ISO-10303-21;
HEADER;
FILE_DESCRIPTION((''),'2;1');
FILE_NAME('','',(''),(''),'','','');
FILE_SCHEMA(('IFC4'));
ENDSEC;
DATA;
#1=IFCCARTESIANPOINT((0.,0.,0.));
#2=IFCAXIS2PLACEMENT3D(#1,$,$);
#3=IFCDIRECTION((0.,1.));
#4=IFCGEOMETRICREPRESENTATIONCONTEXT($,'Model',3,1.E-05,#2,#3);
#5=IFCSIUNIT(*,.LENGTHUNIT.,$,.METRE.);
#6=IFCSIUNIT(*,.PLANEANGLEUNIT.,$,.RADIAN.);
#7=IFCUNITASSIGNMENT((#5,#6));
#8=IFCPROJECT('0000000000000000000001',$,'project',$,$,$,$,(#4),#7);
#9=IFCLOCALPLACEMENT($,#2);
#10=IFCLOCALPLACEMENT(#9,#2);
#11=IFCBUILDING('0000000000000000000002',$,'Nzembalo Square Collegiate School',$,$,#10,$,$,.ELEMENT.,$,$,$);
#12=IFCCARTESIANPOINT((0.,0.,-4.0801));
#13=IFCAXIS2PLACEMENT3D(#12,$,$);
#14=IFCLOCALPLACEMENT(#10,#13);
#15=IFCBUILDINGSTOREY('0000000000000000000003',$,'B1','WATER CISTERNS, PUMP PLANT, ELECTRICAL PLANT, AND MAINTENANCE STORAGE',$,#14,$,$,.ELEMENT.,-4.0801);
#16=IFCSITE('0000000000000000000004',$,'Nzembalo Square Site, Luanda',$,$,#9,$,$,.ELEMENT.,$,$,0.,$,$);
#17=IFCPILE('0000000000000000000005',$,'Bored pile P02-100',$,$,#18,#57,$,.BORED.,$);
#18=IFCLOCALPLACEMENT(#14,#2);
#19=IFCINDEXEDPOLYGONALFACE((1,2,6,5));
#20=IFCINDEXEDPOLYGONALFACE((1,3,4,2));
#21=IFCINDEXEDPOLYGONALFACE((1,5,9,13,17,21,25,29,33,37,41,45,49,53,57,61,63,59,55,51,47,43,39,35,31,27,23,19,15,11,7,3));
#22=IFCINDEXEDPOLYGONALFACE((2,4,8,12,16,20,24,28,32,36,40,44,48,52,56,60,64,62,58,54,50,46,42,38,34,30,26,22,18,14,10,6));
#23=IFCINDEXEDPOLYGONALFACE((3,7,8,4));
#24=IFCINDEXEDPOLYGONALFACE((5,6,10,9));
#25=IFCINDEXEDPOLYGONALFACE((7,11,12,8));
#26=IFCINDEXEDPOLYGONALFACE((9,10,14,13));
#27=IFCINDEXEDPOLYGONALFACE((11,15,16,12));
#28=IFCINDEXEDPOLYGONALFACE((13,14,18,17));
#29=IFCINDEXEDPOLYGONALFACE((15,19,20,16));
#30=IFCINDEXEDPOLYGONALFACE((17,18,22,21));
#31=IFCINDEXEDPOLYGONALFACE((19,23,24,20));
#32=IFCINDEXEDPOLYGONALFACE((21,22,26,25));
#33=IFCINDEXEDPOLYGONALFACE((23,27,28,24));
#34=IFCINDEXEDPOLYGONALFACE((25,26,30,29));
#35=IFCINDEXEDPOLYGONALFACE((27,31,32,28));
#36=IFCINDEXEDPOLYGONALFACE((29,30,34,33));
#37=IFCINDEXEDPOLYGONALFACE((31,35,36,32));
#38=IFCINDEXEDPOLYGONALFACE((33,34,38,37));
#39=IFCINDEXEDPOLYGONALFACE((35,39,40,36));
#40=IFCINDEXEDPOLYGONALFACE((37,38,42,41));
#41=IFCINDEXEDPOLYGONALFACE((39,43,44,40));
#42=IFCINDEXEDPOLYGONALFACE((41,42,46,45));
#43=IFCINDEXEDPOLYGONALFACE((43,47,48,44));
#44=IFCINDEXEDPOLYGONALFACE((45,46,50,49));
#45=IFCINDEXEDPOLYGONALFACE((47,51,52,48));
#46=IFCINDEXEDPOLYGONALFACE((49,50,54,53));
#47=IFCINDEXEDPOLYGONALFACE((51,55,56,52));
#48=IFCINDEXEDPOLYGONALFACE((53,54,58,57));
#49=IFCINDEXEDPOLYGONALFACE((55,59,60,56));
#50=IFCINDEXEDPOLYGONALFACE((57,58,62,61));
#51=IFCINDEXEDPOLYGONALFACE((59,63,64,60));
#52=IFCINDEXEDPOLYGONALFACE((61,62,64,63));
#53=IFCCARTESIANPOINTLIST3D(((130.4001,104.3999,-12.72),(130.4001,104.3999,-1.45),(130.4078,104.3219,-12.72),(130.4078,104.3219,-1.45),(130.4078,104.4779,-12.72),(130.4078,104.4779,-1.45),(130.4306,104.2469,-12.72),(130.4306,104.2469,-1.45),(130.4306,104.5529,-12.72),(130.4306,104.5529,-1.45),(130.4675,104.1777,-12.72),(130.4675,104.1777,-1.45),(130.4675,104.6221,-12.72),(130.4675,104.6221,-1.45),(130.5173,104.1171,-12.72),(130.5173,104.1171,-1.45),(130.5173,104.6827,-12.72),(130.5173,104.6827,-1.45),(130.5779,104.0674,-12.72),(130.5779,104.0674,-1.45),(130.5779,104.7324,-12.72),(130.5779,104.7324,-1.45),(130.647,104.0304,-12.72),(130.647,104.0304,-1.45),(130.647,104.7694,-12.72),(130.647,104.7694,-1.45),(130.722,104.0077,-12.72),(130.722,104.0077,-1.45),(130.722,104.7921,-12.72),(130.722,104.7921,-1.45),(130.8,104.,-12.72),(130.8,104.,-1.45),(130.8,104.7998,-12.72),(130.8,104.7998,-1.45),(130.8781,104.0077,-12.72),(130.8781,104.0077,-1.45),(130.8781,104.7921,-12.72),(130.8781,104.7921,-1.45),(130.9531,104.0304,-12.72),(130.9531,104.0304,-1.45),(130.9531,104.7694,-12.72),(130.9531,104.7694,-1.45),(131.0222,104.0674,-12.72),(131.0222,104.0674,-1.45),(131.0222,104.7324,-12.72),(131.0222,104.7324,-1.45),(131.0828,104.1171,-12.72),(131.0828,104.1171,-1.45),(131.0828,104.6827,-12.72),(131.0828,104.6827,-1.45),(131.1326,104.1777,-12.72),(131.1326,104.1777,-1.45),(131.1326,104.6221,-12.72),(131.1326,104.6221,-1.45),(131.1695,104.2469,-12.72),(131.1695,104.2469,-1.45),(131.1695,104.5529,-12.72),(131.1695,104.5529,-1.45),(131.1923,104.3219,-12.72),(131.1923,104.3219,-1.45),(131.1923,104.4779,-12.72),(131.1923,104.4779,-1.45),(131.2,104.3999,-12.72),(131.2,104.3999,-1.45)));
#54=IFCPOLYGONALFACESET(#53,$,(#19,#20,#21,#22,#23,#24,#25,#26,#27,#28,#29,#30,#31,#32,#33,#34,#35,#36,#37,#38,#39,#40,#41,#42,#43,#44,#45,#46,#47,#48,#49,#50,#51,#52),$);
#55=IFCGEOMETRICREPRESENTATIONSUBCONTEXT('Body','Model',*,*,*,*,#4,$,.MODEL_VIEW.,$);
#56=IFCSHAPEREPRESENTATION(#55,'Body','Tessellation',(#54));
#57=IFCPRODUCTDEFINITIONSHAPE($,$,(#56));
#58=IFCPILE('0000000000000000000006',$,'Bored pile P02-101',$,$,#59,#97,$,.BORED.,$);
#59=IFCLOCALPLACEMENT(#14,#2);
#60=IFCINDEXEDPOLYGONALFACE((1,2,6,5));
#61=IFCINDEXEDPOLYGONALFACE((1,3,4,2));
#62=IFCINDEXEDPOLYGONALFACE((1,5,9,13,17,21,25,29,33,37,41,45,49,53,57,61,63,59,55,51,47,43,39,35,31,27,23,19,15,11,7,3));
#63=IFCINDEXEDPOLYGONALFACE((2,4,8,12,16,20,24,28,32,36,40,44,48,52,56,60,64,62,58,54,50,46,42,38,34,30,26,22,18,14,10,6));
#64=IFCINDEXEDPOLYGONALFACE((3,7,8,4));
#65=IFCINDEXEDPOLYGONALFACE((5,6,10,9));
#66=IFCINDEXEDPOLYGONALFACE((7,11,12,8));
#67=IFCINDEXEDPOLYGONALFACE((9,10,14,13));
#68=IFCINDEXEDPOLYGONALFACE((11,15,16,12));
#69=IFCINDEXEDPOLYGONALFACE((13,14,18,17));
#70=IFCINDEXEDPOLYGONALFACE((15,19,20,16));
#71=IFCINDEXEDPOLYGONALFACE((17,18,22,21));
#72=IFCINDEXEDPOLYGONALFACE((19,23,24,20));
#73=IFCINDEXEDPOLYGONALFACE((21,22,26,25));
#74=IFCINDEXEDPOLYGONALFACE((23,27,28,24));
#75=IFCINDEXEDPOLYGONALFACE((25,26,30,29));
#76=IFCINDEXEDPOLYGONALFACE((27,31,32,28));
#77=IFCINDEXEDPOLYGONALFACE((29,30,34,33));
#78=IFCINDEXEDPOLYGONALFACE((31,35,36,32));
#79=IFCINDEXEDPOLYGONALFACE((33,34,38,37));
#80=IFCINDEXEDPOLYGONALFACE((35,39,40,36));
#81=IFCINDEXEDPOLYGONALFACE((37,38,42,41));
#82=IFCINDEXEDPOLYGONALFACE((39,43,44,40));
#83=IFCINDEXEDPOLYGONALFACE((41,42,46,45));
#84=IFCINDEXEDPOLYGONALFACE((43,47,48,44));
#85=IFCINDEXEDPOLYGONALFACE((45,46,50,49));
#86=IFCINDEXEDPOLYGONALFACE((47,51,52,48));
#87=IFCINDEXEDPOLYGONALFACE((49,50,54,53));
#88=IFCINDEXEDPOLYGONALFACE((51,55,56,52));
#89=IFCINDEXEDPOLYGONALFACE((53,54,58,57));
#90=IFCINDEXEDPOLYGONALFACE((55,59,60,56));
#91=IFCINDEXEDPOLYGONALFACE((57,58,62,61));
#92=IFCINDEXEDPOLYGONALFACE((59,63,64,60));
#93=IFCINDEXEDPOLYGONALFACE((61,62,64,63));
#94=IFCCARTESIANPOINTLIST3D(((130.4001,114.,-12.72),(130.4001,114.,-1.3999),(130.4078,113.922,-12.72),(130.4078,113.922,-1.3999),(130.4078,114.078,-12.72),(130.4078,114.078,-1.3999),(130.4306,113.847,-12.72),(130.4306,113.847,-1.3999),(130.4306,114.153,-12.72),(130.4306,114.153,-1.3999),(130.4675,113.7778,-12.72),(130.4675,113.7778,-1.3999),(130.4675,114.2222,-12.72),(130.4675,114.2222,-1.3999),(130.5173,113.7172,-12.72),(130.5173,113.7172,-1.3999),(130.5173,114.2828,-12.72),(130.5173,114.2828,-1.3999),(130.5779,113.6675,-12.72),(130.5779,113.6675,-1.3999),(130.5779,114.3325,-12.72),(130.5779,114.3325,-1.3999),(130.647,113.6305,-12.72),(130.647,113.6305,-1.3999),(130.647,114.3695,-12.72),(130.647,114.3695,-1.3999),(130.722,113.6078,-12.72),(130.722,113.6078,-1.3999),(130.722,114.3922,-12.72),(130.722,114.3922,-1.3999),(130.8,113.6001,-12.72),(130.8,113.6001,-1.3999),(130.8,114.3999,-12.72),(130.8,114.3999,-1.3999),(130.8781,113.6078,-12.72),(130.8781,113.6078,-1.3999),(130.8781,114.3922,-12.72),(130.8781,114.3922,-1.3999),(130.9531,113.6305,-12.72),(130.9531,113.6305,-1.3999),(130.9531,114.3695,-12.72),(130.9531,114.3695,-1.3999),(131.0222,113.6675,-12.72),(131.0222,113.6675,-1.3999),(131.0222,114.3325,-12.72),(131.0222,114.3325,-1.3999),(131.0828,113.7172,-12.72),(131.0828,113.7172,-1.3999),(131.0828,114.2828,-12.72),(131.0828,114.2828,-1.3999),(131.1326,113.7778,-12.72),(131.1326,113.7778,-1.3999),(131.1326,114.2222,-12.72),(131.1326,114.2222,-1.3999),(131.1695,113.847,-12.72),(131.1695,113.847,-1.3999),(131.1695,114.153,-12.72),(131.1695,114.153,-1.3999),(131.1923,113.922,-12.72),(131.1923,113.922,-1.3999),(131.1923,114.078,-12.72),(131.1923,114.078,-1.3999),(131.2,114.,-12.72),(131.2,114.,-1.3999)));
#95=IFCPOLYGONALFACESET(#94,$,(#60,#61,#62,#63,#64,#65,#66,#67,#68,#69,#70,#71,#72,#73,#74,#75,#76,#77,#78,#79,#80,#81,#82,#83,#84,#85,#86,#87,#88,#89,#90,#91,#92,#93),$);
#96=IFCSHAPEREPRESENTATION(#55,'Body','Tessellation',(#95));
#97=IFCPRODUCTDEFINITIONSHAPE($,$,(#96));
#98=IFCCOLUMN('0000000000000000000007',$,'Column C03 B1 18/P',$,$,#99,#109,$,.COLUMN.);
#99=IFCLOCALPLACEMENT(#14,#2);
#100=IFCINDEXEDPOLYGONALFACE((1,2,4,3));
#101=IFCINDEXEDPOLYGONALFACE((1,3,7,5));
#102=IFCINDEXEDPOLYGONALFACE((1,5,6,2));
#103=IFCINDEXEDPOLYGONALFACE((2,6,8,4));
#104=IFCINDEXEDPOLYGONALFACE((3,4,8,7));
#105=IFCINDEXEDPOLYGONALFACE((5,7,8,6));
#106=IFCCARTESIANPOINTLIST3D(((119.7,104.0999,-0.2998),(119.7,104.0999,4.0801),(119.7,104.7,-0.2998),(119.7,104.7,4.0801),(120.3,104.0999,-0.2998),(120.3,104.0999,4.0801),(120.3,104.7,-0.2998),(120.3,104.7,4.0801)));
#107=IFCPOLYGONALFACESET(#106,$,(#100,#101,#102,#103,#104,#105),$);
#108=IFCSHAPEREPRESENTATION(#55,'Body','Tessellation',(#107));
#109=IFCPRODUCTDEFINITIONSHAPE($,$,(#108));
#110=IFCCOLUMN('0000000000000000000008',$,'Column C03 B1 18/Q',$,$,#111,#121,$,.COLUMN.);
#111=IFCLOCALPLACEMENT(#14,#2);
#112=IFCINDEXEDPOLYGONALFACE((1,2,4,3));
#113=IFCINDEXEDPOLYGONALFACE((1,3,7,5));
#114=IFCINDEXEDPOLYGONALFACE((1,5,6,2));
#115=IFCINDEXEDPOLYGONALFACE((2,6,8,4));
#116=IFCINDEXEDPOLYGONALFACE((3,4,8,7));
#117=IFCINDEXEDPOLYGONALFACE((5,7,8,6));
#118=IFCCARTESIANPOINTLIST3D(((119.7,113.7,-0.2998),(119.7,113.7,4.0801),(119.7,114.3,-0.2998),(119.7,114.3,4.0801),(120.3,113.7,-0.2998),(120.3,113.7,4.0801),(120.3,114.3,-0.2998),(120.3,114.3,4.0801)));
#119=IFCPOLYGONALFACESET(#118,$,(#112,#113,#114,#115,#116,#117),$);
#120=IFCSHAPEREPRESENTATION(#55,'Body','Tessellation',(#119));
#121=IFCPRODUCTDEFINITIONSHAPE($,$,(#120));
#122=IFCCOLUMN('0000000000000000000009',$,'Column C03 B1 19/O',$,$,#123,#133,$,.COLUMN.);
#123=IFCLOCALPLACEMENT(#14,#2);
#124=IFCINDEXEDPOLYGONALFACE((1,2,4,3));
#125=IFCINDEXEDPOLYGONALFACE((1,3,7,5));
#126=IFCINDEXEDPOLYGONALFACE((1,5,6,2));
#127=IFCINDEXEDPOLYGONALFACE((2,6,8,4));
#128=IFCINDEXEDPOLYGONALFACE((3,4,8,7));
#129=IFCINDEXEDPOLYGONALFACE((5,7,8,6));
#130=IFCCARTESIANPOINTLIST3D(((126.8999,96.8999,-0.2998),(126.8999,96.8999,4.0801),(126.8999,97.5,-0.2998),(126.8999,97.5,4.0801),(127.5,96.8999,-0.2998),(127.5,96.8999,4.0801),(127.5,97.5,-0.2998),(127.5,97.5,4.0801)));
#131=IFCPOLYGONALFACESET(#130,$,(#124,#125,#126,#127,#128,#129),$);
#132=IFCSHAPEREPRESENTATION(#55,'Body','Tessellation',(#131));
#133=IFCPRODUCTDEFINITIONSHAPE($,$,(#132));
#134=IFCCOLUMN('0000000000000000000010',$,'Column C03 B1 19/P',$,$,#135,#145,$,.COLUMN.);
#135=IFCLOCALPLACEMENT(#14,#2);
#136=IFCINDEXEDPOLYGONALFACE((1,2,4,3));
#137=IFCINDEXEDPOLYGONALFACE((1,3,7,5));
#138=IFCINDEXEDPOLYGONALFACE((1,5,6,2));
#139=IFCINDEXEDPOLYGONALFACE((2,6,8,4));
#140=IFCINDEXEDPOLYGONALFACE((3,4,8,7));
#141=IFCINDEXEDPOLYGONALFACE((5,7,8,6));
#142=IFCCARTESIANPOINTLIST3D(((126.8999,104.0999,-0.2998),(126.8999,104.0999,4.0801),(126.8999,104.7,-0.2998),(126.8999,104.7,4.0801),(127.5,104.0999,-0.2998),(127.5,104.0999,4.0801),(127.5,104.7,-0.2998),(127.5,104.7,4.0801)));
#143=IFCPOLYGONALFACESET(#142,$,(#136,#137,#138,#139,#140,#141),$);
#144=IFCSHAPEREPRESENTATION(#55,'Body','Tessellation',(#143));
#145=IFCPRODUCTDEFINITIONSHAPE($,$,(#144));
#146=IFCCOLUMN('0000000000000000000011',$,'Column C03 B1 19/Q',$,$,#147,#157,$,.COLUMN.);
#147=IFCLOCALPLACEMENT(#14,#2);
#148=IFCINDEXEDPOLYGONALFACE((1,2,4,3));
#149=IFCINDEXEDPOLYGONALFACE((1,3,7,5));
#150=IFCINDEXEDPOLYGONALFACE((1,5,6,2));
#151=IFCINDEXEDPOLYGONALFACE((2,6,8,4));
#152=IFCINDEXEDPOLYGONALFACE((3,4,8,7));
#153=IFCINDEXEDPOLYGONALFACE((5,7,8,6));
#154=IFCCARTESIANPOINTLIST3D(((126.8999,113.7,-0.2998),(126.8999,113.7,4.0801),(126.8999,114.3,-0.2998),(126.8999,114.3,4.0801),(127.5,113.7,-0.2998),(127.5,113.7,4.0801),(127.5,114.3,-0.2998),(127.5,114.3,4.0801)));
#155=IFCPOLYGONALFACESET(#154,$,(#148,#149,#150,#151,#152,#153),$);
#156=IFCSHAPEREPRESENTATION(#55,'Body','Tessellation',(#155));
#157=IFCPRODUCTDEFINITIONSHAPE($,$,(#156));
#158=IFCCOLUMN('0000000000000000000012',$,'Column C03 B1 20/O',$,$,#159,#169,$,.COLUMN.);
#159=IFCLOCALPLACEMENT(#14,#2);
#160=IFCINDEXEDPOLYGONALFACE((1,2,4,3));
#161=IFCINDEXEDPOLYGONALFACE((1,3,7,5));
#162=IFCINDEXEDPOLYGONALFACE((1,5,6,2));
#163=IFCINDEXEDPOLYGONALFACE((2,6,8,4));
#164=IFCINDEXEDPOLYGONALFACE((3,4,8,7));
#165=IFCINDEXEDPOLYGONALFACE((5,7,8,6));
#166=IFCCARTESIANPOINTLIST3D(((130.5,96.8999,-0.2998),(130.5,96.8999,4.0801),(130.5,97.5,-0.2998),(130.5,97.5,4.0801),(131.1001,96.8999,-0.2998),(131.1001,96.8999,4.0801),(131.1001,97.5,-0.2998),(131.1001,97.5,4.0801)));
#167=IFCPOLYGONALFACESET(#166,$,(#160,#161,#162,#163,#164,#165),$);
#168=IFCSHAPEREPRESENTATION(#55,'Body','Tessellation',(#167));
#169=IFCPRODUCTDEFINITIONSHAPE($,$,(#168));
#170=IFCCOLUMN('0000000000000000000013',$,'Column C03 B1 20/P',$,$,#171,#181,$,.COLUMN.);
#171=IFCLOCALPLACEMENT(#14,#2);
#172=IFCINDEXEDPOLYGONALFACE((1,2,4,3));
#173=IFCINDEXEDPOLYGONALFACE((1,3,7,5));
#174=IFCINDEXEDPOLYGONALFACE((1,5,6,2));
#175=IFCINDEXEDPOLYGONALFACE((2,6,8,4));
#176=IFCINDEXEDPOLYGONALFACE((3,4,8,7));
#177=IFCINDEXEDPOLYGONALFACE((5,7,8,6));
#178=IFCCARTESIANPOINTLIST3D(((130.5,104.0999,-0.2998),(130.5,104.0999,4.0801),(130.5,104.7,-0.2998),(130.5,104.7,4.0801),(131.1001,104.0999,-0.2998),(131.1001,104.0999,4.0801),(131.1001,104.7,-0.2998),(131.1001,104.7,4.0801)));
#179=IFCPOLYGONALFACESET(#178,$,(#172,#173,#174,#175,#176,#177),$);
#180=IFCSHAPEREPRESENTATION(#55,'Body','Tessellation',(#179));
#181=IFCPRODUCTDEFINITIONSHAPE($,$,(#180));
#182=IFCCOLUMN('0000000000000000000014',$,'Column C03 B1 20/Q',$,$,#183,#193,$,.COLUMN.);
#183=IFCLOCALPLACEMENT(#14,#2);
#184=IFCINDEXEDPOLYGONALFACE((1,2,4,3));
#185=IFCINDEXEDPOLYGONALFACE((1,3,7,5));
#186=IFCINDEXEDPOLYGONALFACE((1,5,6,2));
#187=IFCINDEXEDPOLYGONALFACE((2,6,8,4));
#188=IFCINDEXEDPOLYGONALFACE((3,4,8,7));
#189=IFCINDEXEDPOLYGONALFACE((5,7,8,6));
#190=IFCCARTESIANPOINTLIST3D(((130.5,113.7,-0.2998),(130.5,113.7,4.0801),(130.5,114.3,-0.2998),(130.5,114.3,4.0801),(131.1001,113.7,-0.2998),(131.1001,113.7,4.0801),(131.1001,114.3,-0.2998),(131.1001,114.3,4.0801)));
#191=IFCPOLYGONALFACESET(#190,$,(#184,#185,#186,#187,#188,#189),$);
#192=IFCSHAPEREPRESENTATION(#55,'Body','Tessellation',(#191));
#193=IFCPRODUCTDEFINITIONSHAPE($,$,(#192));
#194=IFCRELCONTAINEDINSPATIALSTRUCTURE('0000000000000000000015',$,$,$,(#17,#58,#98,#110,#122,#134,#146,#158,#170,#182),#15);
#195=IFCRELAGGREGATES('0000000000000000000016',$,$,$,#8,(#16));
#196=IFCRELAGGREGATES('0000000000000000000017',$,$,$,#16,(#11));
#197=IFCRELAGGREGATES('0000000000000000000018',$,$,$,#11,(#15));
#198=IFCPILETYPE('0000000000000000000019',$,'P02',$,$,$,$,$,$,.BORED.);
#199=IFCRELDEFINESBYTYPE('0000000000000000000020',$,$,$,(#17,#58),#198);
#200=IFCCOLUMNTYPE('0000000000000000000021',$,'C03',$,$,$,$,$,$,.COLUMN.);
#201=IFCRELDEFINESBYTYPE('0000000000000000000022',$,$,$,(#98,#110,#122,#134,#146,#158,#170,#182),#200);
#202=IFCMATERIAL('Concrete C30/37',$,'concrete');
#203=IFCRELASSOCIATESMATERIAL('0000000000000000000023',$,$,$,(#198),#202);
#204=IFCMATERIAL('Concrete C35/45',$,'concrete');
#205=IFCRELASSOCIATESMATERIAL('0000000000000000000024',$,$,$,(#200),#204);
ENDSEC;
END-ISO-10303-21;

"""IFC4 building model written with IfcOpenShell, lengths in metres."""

from ifc_helpers import new_model, si_unit, direction, frame, origin, origin_2d, place, context, subcontext, project, spatial, rectangle, circle, extrude, material, material_profile, profile_set, type_object, element, save


model = new_model("IFC4")

# Units and contexts
model_context = context("Model", 3, precision=1e-05, world=origin(), true_north=direction((0.0, 1.0)))
body_context = subcontext(model_context, "Body", "Model", "MODEL_VIEW")
ifc_project = project(units=[si_unit("LENGTHUNIT", "METRE"), si_unit("PLANEANGLEUNIT", "RADIAN")], contexts=[model_context])

# Site, building, storey
site_placement = place(None, origin())
site = spatial("IfcSite", under=ifc_project, at=site_placement, Name="Nzembalo Square Site, Luanda", CompositionType="ELEMENT", RefElevation=0.0)
building_placement = place(site_placement, origin())
building = spatial("IfcBuilding", under=site, at=building_placement, Name="Nzembalo Square Collegiate School", CompositionType="ELEMENT")
storey_placement = place(building_placement, frame((0.0, 0.0, -4.0801)))
storey = spatial("IfcBuildingStorey", under=building, at=storey_placement, Name="B1", Description="WATER CISTERNS, PUMP PLANT, ELECTRICAL PLANT, AND MAINTENANCE STORAGE", CompositionType="ELEMENT", Elevation=-4.0801)

# Piles
ifc_material_1 = material(Name="Concrete C30/37", Category="concrete")
ifc_material_profile_1 = material_profile(ifc_material_1, circle(Radius=0.3999, at=origin_2d()), Name="PILE D800")
ifc_profile_set_1 = profile_set([ifc_material_profile_1], Name="Concrete C30/37")
pile_type = type_object("IfcPileType", Name="P02", PredefinedType="BORED", material=ifc_profile_set_1)
for number, where, z_axis, x_axis, name in (
    (1, (130.8, 104.3999, -1.45), (0.0, 0.0, -1.0), (1.0, 0.0, 0.0), "Bored pile P02-100"),
):
    element("IfcPile", number, at=place(storey_placement, frame(where, z_axis=z_axis, x_axis=x_axis)), inside=storey, type_object=pile_type, Name=name, PredefinedType="BORED", context=body_context, shape_type="SweptSolid", body=[
        extrude(circle(Radius=0.3999, at=origin_2d()), origin(), (0.0, 0.0, 1.0), 11.27),
    ])
pile_1_placement = place(storey_placement, frame((130.8, 114.0, -1.3999), z_axis=(0.0, 0.0, -1.0), x_axis=(1.0, 0.0, 0.0)))
element("IfcPile", 2, at=pile_1_placement, inside=storey, type_object=pile_type, Name="Bored pile P02-101", PredefinedType="BORED", context=body_context, shape_type="SweptSolid", body=[
    extrude(circle(Radius=0.3999, at=origin_2d()), origin(), (0.0, 0.0, 1.0), 11.3201),
])

# Columns
ifc_material_2 = material(Name="Concrete C35/45", Category="concrete")
ifc_material_profile_2 = material_profile(ifc_material_2, rectangle(XDim=0.6001, YDim=0.6001, at=origin_2d()), Name="RC 600x600")
ifc_profile_set_2 = profile_set([ifc_material_profile_2], Name="Concrete C35/45")
column_type = type_object("IfcColumnType", Name="C03", PredefinedType="COLUMN", material=ifc_profile_set_2)
for number, where, z_axis, x_axis, name in (
    (3, (120.0, 104.3999, -0.2998), (0.0, 0.0, 1.0), (1.0, 0.0, 0.0), "Column C03 B1 18/P"),
    (4, (120.0, 114.0, -0.2998), (0.0, 0.0, 1.0), (1.0, 0.0, 0.0), "Column C03 B1 18/Q"),
    (5, (127.2, 97.2, -0.2998), (0.0, 0.0, 1.0), (1.0, 0.0, 0.0), "Column C03 B1 19/O"),
    (6, (127.2, 104.3999, -0.2998), (0.0, 0.0, 1.0), (1.0, 0.0, 0.0), "Column C03 B1 19/P"),
    (7, (127.2, 114.0, -0.2998), (0.0, 0.0, 1.0), (1.0, 0.0, 0.0), "Column C03 B1 19/Q"),
    (8, (130.8, 97.2, -0.2998), (0.0, 0.0, 1.0), (1.0, 0.0, 0.0), "Column C03 B1 20/O"),
    (9, (130.8, 104.3999, -0.2998), (0.0, 0.0, 1.0), (1.0, 0.0, 0.0), "Column C03 B1 20/P"),
    (10, (130.8, 114.0, -0.2998), (0.0, 0.0, 1.0), (1.0, 0.0, 0.0), "Column C03 B1 20/Q"),
):
    element("IfcColumn", number, at=place(storey_placement, frame(where, z_axis=z_axis, x_axis=x_axis)), inside=storey, type_object=column_type, Name=name, PredefinedType="COLUMN", context=body_context, shape_type="SweptSolid", body=[
        extrude(rectangle(XDim=0.6001, YDim=0.6001, at=origin_2d()), origin(), (0.0, 0.0, 1.0), 4.3799),
    ])

save(model, "model.ifc")
